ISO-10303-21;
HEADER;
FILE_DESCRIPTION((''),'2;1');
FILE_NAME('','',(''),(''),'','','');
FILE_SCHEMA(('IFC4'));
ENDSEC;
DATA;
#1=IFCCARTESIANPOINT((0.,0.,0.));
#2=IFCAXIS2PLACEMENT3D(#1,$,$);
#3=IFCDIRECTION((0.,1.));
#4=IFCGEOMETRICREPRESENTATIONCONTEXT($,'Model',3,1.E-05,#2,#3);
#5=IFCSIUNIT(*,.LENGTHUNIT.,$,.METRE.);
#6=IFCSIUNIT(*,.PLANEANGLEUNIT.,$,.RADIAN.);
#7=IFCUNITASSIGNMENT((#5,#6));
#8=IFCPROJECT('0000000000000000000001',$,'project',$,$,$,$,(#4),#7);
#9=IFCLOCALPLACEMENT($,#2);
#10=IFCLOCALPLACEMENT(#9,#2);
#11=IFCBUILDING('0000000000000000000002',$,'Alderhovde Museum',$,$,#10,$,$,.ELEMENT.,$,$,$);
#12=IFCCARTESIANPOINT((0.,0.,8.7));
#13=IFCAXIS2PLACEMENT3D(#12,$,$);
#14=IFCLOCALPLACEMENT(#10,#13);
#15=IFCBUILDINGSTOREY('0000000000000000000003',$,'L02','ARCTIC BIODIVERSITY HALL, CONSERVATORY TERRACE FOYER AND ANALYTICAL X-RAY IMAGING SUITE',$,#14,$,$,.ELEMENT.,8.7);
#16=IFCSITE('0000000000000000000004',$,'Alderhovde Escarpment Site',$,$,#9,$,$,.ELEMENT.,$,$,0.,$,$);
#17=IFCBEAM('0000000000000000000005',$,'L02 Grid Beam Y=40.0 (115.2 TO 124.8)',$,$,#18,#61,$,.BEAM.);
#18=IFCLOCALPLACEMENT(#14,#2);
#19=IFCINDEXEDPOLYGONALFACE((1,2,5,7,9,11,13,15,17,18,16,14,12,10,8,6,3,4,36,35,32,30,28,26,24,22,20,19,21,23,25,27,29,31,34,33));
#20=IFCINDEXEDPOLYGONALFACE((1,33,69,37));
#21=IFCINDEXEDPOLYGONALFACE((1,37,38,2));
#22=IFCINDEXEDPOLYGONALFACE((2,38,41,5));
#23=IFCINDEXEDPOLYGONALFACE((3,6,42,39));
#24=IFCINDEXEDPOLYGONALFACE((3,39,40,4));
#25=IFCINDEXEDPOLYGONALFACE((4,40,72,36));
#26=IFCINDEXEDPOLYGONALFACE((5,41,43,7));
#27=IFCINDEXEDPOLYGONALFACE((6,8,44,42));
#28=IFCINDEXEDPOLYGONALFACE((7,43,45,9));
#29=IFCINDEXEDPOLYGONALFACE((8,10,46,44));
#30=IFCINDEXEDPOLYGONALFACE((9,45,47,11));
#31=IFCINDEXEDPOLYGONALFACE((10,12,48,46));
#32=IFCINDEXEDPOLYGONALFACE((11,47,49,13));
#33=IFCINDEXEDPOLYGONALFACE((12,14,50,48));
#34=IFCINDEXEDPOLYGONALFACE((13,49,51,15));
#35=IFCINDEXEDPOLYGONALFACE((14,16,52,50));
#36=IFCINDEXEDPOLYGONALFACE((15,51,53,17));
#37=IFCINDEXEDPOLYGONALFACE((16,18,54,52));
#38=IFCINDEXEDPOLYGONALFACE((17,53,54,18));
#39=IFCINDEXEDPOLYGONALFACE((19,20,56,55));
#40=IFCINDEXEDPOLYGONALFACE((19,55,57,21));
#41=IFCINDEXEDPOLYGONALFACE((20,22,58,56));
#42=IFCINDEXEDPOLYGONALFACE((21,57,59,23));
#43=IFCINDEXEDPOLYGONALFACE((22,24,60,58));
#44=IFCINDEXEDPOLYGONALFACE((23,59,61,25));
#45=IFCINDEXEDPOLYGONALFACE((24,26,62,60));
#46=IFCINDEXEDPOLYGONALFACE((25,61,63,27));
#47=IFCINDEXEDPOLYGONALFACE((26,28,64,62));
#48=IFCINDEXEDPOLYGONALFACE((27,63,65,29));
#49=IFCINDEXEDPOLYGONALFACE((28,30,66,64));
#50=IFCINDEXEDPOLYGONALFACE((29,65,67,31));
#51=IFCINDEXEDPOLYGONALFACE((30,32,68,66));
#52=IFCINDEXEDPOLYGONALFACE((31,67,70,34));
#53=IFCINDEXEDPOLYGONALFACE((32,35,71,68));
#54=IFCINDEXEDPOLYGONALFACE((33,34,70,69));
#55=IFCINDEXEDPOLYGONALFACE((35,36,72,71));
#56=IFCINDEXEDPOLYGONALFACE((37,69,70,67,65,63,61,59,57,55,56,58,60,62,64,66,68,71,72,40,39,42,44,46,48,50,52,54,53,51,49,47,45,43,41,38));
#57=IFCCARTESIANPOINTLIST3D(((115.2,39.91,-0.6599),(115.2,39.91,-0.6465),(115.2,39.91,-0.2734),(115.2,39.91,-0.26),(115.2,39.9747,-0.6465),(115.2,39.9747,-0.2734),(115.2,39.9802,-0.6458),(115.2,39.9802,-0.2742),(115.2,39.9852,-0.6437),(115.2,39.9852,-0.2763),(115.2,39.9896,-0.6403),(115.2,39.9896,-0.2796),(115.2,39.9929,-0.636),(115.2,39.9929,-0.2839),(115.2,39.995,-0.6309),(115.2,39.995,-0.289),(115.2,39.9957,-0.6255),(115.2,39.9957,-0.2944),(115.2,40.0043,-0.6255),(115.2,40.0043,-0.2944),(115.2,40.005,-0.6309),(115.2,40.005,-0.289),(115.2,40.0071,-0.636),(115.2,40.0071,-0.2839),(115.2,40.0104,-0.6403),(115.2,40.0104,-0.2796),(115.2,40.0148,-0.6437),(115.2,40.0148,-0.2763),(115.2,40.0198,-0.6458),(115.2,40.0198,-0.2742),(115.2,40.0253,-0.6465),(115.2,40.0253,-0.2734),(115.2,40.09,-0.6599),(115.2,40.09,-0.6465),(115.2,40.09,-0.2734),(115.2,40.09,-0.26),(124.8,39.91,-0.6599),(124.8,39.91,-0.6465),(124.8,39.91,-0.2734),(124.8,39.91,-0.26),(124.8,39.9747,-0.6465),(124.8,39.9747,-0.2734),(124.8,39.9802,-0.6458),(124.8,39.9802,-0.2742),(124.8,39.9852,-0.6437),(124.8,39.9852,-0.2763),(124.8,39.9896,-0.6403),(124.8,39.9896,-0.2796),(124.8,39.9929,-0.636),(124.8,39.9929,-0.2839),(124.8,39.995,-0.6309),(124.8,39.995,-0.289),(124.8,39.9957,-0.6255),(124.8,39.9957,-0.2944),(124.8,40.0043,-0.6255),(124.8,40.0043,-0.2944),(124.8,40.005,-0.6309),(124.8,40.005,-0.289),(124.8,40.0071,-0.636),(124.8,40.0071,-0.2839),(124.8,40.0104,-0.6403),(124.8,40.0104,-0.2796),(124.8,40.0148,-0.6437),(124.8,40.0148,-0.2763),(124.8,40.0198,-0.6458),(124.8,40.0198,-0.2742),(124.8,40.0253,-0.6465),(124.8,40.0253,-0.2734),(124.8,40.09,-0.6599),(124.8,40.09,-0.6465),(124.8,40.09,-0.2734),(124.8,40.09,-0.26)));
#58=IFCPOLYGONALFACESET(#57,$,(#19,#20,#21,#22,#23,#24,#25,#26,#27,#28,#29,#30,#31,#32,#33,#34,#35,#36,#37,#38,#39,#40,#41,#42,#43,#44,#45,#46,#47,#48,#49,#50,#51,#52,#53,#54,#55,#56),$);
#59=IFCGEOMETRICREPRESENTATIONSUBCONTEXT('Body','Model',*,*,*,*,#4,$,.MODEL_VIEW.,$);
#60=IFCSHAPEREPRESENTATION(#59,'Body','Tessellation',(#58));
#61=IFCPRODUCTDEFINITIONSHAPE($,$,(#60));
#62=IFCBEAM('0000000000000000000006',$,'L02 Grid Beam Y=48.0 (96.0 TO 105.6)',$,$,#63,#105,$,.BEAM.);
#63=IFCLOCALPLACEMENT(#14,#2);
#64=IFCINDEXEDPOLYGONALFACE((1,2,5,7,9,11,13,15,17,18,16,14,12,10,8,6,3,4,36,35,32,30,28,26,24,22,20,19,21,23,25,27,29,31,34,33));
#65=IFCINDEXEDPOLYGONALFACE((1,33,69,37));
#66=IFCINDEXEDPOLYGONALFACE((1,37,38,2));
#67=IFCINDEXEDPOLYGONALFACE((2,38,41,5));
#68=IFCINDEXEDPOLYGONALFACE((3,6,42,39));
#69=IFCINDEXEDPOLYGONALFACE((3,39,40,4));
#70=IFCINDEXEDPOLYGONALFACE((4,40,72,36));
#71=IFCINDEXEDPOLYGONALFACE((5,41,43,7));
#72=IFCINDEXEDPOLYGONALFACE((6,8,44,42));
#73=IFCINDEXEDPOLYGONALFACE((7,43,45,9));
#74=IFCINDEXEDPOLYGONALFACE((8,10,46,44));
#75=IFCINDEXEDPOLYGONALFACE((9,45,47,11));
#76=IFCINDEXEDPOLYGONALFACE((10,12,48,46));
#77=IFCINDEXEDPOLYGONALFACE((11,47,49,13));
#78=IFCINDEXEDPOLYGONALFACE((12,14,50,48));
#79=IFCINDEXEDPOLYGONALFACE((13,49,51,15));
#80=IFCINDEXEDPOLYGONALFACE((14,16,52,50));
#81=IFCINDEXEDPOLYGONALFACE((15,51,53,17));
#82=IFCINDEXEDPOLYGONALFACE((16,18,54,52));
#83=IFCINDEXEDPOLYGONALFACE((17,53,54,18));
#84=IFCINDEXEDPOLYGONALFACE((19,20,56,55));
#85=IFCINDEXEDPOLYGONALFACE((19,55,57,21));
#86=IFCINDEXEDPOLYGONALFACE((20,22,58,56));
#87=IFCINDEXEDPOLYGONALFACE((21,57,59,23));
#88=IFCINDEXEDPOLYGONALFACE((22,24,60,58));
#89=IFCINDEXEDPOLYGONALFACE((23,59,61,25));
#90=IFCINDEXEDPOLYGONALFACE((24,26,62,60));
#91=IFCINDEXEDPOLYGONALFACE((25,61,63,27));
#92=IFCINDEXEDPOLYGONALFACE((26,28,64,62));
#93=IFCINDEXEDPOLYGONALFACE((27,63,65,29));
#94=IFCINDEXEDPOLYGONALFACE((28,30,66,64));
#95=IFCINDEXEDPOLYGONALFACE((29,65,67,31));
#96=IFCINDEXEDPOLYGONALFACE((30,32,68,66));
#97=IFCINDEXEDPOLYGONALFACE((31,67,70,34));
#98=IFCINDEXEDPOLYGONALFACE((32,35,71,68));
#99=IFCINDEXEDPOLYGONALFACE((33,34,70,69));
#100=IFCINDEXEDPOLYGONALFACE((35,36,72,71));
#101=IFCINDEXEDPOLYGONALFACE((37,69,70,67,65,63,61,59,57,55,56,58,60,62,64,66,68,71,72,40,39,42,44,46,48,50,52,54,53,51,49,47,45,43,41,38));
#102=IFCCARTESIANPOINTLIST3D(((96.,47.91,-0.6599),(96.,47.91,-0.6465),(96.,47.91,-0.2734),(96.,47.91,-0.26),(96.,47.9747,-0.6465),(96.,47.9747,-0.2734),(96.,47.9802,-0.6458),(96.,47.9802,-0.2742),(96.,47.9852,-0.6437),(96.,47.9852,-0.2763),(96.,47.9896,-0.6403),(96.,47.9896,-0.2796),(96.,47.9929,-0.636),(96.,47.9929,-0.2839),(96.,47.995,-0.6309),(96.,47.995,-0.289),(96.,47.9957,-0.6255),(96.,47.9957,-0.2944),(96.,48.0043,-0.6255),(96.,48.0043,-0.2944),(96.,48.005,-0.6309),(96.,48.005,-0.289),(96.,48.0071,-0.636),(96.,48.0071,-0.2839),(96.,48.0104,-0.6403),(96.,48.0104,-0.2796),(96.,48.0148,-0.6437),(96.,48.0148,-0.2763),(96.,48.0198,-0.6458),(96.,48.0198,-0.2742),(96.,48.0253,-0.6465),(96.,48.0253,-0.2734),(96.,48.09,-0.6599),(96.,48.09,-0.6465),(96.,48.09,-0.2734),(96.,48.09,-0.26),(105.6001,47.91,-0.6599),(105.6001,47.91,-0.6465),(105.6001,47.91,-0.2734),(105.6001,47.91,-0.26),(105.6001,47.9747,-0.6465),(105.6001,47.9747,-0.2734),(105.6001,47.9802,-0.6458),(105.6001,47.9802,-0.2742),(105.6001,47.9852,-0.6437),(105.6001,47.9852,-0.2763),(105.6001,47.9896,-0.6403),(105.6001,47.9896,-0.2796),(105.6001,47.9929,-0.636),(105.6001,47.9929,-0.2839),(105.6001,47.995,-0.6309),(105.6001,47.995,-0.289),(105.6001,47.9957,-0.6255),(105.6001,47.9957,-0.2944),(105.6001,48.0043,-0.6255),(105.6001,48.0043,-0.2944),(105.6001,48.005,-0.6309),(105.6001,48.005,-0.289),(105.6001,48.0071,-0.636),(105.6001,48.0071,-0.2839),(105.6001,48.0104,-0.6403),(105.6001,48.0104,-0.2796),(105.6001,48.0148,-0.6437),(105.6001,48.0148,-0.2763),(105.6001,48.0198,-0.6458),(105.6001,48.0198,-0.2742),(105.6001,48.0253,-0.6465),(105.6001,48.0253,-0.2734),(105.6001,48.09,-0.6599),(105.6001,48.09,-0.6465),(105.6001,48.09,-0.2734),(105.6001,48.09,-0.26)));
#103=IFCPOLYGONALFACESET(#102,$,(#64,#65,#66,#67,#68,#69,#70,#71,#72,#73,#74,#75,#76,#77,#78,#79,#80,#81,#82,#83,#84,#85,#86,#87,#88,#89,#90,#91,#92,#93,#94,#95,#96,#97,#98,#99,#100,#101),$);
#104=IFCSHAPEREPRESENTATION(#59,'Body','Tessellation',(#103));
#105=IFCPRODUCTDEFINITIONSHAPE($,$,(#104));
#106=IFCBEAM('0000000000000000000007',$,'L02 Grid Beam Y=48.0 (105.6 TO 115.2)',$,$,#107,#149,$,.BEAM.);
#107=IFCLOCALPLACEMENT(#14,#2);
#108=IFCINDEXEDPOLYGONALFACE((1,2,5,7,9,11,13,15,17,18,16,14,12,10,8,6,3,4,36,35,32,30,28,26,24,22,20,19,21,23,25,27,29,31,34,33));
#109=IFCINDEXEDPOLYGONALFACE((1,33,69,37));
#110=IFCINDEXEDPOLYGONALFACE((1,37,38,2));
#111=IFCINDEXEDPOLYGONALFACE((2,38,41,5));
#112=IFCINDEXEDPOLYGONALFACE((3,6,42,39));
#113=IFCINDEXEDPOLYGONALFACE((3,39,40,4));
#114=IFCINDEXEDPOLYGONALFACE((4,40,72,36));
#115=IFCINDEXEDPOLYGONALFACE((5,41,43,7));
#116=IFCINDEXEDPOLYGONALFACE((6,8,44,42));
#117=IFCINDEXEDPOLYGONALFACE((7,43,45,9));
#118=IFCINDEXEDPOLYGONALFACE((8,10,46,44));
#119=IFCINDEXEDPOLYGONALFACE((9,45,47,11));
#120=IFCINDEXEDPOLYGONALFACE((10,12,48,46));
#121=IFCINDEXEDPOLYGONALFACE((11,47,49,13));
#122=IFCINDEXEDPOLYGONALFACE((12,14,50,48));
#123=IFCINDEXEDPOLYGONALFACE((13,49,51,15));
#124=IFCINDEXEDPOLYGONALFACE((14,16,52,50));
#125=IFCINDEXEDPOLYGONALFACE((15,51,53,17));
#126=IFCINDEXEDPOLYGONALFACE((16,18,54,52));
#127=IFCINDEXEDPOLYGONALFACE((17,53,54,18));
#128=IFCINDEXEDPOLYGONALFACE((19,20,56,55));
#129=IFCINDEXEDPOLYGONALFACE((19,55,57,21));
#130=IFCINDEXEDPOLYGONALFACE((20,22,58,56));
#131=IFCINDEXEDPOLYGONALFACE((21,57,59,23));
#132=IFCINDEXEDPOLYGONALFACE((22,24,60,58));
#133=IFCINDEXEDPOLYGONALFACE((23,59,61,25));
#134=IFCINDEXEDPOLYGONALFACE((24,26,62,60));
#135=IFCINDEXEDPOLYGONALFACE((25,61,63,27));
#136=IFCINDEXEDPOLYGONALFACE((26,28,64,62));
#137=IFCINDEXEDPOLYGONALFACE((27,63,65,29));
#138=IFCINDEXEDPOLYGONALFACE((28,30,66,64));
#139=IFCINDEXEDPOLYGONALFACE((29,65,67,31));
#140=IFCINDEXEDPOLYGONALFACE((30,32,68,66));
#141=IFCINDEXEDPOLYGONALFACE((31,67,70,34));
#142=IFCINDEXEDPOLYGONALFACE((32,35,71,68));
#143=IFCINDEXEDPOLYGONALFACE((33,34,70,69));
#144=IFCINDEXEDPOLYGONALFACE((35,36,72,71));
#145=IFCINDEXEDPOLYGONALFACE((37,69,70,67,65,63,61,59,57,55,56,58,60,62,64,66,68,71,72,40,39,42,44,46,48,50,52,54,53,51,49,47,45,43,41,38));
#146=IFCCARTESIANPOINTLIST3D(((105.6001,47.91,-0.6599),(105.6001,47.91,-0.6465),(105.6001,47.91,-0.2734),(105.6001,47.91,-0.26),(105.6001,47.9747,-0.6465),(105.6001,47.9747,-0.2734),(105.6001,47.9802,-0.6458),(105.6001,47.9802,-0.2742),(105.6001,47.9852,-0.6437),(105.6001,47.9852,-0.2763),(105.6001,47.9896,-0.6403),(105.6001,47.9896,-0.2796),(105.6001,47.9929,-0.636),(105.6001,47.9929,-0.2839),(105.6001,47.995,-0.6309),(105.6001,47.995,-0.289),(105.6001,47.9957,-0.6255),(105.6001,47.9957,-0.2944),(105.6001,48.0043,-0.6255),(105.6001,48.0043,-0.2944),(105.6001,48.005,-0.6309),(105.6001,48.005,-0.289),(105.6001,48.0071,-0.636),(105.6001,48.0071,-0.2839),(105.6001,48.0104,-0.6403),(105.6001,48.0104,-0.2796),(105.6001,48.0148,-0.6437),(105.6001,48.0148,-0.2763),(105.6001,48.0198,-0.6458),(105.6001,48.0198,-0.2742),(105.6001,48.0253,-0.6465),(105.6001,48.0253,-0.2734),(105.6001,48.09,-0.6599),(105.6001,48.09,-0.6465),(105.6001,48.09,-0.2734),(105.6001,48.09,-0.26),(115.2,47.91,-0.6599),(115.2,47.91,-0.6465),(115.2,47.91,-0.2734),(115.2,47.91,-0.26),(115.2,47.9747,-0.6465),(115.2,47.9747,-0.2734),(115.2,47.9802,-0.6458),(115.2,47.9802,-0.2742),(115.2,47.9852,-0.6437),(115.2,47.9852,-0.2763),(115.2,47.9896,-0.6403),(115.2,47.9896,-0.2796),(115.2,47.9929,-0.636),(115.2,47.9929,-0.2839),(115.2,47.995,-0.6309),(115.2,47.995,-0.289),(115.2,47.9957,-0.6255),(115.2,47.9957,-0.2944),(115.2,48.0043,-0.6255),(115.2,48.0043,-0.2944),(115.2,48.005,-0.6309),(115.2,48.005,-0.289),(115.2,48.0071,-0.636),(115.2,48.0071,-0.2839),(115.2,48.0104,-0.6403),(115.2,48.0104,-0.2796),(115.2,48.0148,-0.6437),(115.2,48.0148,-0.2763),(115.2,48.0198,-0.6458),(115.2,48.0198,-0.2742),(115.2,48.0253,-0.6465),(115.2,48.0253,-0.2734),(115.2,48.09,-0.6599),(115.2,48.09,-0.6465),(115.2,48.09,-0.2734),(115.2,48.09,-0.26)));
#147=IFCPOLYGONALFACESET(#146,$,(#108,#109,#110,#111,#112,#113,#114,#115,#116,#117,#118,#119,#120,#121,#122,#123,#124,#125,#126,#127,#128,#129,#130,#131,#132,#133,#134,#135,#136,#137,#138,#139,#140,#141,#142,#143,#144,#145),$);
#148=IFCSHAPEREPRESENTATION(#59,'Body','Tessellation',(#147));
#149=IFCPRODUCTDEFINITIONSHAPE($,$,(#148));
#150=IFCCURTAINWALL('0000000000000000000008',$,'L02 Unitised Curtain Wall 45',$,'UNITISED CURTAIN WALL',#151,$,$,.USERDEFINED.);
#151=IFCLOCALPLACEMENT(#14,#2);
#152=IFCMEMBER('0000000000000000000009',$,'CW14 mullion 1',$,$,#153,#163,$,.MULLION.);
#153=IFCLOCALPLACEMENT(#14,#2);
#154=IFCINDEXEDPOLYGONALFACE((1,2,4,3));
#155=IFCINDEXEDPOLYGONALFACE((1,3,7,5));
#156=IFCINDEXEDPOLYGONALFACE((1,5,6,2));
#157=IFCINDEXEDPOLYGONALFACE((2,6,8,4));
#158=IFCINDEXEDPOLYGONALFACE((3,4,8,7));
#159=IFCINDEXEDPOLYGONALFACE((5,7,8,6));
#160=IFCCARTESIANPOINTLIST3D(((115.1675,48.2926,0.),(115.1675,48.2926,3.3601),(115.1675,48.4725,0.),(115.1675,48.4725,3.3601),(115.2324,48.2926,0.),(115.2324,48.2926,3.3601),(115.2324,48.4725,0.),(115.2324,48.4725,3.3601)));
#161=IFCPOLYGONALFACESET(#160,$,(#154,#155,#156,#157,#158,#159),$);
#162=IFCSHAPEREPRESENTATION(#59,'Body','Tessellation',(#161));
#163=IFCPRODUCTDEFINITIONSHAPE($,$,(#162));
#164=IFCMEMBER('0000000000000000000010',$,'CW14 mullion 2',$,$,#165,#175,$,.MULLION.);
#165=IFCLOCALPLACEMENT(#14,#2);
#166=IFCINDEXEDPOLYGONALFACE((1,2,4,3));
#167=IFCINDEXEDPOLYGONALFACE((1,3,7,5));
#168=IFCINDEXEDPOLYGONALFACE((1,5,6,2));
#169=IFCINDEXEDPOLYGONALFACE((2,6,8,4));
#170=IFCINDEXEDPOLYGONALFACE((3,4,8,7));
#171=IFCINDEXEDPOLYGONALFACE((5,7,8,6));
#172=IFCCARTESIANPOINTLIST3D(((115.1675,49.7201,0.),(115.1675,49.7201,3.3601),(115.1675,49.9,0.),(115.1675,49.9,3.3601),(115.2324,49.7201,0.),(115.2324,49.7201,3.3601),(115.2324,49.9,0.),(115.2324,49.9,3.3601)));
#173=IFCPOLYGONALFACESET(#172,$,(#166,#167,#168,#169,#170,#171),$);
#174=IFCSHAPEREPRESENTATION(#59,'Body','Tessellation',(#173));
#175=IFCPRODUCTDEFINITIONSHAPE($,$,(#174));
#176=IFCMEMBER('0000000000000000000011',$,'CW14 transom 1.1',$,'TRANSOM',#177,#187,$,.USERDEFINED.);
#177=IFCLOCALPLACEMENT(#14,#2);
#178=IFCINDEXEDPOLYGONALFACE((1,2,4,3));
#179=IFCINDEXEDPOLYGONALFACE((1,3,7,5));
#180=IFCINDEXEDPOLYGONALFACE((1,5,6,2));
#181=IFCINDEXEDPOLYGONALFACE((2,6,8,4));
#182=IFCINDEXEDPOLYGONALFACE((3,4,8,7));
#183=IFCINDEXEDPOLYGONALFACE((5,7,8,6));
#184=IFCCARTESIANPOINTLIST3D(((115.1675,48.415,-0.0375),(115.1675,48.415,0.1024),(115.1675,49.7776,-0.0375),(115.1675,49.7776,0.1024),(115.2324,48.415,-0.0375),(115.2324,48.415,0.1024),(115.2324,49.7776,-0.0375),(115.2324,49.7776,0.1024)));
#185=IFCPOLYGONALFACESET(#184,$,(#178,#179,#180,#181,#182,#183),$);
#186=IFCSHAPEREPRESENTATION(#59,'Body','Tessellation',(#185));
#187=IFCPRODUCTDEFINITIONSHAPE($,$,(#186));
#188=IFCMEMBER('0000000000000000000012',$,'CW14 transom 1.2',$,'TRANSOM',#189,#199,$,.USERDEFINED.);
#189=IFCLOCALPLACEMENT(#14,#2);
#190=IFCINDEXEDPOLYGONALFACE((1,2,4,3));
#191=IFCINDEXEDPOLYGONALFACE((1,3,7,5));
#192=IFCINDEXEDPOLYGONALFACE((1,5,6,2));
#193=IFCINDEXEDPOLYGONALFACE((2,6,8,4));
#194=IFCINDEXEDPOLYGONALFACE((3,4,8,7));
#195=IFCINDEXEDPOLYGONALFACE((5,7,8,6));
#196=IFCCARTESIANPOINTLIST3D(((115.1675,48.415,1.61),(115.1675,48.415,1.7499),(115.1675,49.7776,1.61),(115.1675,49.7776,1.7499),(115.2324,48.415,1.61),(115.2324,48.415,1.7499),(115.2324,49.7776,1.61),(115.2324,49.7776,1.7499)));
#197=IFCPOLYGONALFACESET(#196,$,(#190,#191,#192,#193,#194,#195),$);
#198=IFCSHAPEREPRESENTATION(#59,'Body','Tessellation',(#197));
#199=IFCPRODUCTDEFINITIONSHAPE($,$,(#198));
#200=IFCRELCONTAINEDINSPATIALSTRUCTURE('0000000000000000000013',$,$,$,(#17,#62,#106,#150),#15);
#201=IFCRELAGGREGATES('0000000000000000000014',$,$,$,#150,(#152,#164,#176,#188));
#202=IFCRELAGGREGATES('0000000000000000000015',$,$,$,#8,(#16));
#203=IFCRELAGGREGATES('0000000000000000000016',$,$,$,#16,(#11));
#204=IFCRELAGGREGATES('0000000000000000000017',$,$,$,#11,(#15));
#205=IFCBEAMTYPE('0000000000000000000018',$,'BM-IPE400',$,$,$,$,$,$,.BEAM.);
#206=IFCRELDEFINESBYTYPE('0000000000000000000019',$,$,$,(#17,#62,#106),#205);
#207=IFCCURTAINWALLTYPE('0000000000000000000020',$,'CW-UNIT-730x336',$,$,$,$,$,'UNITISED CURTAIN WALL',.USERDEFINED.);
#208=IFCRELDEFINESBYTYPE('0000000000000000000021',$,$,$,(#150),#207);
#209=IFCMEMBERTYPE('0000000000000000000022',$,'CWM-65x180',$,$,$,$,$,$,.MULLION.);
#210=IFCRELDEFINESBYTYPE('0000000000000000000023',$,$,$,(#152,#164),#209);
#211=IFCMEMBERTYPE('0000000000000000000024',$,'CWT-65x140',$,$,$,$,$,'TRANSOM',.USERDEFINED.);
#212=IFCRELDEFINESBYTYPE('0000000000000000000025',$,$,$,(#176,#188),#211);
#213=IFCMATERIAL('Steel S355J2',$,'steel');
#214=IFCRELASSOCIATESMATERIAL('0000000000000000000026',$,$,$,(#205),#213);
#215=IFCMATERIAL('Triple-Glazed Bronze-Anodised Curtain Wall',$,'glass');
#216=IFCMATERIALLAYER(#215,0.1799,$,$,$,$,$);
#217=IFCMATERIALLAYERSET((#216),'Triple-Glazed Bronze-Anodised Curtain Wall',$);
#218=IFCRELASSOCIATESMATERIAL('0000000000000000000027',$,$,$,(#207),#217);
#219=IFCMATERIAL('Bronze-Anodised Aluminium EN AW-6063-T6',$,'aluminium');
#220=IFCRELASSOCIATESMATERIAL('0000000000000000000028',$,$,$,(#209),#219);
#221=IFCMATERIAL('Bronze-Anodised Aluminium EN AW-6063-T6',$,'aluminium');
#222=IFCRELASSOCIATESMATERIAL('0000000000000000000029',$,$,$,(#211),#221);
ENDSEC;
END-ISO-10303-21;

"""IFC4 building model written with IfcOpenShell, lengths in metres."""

from ifc_helpers import new_model, si_unit, direction, frame, origin, origin_2d, place, context, subcontext, project, spatial, rectangle, i_section, extrude, material, layer, layer_set, material_profile, profile_set, type_object, element, aggregate, save


model = new_model("IFC4")

# Units and contexts
model_context = context("Model", 3, precision=1e-05, world=origin(), true_north=direction((0.0, 1.0)))
body_context = subcontext(model_context, "Body", "Model", "MODEL_VIEW")
ifc_project = project(units=[si_unit("LENGTHUNIT", "METRE"), si_unit("PLANEANGLEUNIT", "RADIAN")], contexts=[model_context])

# Site, building, storey
site_placement = place(None, origin())
site = spatial("IfcSite", under=ifc_project, at=site_placement, Name="Alderhovde Escarpment Site", CompositionType="ELEMENT", RefElevation=0.0)
building_placement = place(site_placement, origin())
building = spatial("IfcBuilding", under=site, at=building_placement, Name="Alderhovde Museum", CompositionType="ELEMENT")
storey_placement = place(building_placement, frame((0.0, 0.0, 8.7)))
storey = spatial("IfcBuildingStorey", under=building, at=storey_placement, Name="L02", Description="ARCTIC BIODIVERSITY HALL, CONSERVATORY TERRACE FOYER AND ANALYTICAL X-RAY IMAGING SUITE", CompositionType="ELEMENT", Elevation=8.7)

# Beams
ifc_material_1 = material(Name="Steel S355J2", Category="steel")
ifc_material_profile_1 = material_profile(ifc_material_1, i_section(OverallWidth=0.1799, OverallDepth=0.3999, WebThickness=0.0085, FlangeThickness=0.0134, FilletRadius=0.021, at=origin_2d()), Name="IPE 400")
ifc_profile_set_1 = profile_set([ifc_material_profile_1], Name="Steel S355J2")
beam_type_1 = type_object("IfcBeamType", Name="BM-IPE400", PredefinedType="BEAM", material=ifc_profile_set_1)
for number, where, z_axis, x_axis, name in (
    (1, (115.2, 40.0, -0.46), (1.0, 0.0, 0.0), (0.0, 1.0, 0.0), "L02 Grid Beam Y=40.0 (115.2 TO 124.8)"),
    (2, (96.0, 48.0, -0.46), (1.0, 0.0, 0.0), (0.0, 1.0, 0.0), "L02 Grid Beam Y=48.0 (96.0 TO 105.6)"),
):
    element("IfcBeam", number, at=place(storey_placement, frame(where, z_axis=z_axis, x_axis=x_axis)), inside=storey, type_object=beam_type_1, Name=name, PredefinedType="BEAM", context=body_context, shape_type="SweptSolid", body=[
        extrude(i_section(OverallWidth=0.1799, OverallDepth=0.3999, WebThickness=0.0085, FlangeThickness=0.0134, FilletRadius=0.021, at=origin_2d()), origin(), (0.0, 0.0, 1.0), 9.6001),
    ])
beam_1_placement = place(storey_placement, frame((105.6001, 48.0, -0.46), z_axis=(1.0, 0.0, 0.0), x_axis=(0.0, 1.0, 0.0)))
element("IfcBeam", 3, at=beam_1_placement, inside=storey, type_object=beam_type_1, Name="L02 Grid Beam Y=48.0 (105.6 TO 115.2)", PredefinedType="BEAM", context=body_context, shape_type="SweptSolid", body=[
    extrude(i_section(OverallWidth=0.1799, OverallDepth=0.3999, WebThickness=0.0085, FlangeThickness=0.0134, FilletRadius=0.021, at=origin_2d()), origin(), (0.0, 0.0, 1.0), 9.5999),
])

# Curtain wall, members
ifc_material_2 = material(Name="Triple-Glazed Bronze-Anodised Curtain Wall", Category="glass")
ifc_layer_1 = layer(ifc_material_2, 0.1799)
ifc_layer_set_1 = layer_set([ifc_layer_1], Name="Triple-Glazed Bronze-Anodised Curtain Wall")
curtain_wall_type = type_object("IfcCurtainWallType", Name="CW-UNIT-730x336", ElementType="UNITISED CURTAIN WALL", PredefinedType="USERDEFINED", material=ifc_layer_set_1)
curtain_wall_placement = place(storey_placement, origin())
curtain_wall = element("IfcCurtainWall", 4, at=curtain_wall_placement, inside=storey, type_object=curtain_wall_type, Name="L02 Unitised Curtain Wall 45", ObjectType="UNITISED CURTAIN WALL", PredefinedType="USERDEFINED")
ifc_material_3 = material(Name="Bronze-Anodised Aluminium EN AW-6063-T6", Category="aluminium")
ifc_material_profile_2 = material_profile(ifc_material_3, rectangle(XDim=0.0649, YDim=0.1799, at=origin_2d()), Name="MULLION 65x180")
ifc_profile_set_2 = profile_set([ifc_material_profile_2], Name="Bronze-Anodised Aluminium EN AW-6063-T6")
member_type_1 = type_object("IfcMemberType", Name="CWM-65x180", PredefinedType="MULLION", material=ifc_profile_set_2)
member_1_placement = place(storey_placement, frame((115.2, 48.3826, 0.0), z_axis=(0.0, 0.0, 1.0), x_axis=(-1.0, 0.0, 0.0)))
member_1 = element("IfcMember", 5, at=member_1_placement, type_object=member_type_1, Name="CW14 mullion 1", PredefinedType="MULLION", context=body_context, shape_type="SweptSolid", body=[
    extrude(rectangle(XDim=0.0649, YDim=0.1799, at=origin_2d()), origin(), (0.0, 0.0, 1.0), 3.3601),
])
member_2_placement = place(storey_placement, frame((115.2, 49.8101, 0.0), z_axis=(0.0, 0.0, 1.0), x_axis=(-1.0, 0.0, 0.0)))
member_2 = element("IfcMember", 6, at=member_2_placement, type_object=member_type_1, Name="CW14 mullion 2", PredefinedType="MULLION", context=body_context, shape_type="SweptSolid", body=[
    extrude(rectangle(XDim=0.0649, YDim=0.1799, at=origin_2d()), origin(), (0.0, 0.0, 1.0), 3.3601),
])
ifc_material_4 = material(Name="Bronze-Anodised Aluminium EN AW-6063-T6", Category="aluminium")
ifc_material_profile_3 = material_profile(ifc_material_4, rectangle(XDim=0.0649, YDim=0.1399, at=origin_2d()), Name="TRANSOM 65x140")
ifc_profile_set_3 = profile_set([ifc_material_profile_3], Name="Bronze-Anodised Aluminium EN AW-6063-T6")
member_type_2 = type_object("IfcMemberType", Name="CWT-65x140", ElementType="TRANSOM", PredefinedType="USERDEFINED", material=ifc_profile_set_3)
member_3_placement = place(storey_placement, frame((115.2, 48.415, 0.0325), z_axis=(0.0, 1.0, 0.0), x_axis=(-1.0, 0.0, 0.0)))
member_3 = element("IfcMember", 7, at=member_3_placement, type_object=member_type_2, Name="CW14 transom 1.1", ObjectType="TRANSOM", PredefinedType="USERDEFINED", context=body_context, shape_type="SweptSolid", body=[
    extrude(rectangle(XDim=0.0649, YDim=0.1399, at=origin_2d()), origin(), (0.0, 0.0, 1.0), 1.3625),
])
member_4_placement = place(storey_placement, frame((115.2, 48.415, 1.6799), z_axis=(0.0, 1.0, 0.0), x_axis=(-1.0, 0.0, 0.0)))
member_4 = element("IfcMember", 8, at=member_4_placement, type_object=member_type_2, Name="CW14 transom 1.2", ObjectType="TRANSOM", PredefinedType="USERDEFINED", context=body_context, shape_type="SweptSolid", body=[
    extrude(rectangle(XDim=0.0649, YDim=0.1399, at=origin_2d()), origin(), (0.0, 0.0, 1.0), 1.3625),
])

aggregate(curtain_wall, [member_1, member_2, member_3, member_4])

save(model, "model.ifc")
